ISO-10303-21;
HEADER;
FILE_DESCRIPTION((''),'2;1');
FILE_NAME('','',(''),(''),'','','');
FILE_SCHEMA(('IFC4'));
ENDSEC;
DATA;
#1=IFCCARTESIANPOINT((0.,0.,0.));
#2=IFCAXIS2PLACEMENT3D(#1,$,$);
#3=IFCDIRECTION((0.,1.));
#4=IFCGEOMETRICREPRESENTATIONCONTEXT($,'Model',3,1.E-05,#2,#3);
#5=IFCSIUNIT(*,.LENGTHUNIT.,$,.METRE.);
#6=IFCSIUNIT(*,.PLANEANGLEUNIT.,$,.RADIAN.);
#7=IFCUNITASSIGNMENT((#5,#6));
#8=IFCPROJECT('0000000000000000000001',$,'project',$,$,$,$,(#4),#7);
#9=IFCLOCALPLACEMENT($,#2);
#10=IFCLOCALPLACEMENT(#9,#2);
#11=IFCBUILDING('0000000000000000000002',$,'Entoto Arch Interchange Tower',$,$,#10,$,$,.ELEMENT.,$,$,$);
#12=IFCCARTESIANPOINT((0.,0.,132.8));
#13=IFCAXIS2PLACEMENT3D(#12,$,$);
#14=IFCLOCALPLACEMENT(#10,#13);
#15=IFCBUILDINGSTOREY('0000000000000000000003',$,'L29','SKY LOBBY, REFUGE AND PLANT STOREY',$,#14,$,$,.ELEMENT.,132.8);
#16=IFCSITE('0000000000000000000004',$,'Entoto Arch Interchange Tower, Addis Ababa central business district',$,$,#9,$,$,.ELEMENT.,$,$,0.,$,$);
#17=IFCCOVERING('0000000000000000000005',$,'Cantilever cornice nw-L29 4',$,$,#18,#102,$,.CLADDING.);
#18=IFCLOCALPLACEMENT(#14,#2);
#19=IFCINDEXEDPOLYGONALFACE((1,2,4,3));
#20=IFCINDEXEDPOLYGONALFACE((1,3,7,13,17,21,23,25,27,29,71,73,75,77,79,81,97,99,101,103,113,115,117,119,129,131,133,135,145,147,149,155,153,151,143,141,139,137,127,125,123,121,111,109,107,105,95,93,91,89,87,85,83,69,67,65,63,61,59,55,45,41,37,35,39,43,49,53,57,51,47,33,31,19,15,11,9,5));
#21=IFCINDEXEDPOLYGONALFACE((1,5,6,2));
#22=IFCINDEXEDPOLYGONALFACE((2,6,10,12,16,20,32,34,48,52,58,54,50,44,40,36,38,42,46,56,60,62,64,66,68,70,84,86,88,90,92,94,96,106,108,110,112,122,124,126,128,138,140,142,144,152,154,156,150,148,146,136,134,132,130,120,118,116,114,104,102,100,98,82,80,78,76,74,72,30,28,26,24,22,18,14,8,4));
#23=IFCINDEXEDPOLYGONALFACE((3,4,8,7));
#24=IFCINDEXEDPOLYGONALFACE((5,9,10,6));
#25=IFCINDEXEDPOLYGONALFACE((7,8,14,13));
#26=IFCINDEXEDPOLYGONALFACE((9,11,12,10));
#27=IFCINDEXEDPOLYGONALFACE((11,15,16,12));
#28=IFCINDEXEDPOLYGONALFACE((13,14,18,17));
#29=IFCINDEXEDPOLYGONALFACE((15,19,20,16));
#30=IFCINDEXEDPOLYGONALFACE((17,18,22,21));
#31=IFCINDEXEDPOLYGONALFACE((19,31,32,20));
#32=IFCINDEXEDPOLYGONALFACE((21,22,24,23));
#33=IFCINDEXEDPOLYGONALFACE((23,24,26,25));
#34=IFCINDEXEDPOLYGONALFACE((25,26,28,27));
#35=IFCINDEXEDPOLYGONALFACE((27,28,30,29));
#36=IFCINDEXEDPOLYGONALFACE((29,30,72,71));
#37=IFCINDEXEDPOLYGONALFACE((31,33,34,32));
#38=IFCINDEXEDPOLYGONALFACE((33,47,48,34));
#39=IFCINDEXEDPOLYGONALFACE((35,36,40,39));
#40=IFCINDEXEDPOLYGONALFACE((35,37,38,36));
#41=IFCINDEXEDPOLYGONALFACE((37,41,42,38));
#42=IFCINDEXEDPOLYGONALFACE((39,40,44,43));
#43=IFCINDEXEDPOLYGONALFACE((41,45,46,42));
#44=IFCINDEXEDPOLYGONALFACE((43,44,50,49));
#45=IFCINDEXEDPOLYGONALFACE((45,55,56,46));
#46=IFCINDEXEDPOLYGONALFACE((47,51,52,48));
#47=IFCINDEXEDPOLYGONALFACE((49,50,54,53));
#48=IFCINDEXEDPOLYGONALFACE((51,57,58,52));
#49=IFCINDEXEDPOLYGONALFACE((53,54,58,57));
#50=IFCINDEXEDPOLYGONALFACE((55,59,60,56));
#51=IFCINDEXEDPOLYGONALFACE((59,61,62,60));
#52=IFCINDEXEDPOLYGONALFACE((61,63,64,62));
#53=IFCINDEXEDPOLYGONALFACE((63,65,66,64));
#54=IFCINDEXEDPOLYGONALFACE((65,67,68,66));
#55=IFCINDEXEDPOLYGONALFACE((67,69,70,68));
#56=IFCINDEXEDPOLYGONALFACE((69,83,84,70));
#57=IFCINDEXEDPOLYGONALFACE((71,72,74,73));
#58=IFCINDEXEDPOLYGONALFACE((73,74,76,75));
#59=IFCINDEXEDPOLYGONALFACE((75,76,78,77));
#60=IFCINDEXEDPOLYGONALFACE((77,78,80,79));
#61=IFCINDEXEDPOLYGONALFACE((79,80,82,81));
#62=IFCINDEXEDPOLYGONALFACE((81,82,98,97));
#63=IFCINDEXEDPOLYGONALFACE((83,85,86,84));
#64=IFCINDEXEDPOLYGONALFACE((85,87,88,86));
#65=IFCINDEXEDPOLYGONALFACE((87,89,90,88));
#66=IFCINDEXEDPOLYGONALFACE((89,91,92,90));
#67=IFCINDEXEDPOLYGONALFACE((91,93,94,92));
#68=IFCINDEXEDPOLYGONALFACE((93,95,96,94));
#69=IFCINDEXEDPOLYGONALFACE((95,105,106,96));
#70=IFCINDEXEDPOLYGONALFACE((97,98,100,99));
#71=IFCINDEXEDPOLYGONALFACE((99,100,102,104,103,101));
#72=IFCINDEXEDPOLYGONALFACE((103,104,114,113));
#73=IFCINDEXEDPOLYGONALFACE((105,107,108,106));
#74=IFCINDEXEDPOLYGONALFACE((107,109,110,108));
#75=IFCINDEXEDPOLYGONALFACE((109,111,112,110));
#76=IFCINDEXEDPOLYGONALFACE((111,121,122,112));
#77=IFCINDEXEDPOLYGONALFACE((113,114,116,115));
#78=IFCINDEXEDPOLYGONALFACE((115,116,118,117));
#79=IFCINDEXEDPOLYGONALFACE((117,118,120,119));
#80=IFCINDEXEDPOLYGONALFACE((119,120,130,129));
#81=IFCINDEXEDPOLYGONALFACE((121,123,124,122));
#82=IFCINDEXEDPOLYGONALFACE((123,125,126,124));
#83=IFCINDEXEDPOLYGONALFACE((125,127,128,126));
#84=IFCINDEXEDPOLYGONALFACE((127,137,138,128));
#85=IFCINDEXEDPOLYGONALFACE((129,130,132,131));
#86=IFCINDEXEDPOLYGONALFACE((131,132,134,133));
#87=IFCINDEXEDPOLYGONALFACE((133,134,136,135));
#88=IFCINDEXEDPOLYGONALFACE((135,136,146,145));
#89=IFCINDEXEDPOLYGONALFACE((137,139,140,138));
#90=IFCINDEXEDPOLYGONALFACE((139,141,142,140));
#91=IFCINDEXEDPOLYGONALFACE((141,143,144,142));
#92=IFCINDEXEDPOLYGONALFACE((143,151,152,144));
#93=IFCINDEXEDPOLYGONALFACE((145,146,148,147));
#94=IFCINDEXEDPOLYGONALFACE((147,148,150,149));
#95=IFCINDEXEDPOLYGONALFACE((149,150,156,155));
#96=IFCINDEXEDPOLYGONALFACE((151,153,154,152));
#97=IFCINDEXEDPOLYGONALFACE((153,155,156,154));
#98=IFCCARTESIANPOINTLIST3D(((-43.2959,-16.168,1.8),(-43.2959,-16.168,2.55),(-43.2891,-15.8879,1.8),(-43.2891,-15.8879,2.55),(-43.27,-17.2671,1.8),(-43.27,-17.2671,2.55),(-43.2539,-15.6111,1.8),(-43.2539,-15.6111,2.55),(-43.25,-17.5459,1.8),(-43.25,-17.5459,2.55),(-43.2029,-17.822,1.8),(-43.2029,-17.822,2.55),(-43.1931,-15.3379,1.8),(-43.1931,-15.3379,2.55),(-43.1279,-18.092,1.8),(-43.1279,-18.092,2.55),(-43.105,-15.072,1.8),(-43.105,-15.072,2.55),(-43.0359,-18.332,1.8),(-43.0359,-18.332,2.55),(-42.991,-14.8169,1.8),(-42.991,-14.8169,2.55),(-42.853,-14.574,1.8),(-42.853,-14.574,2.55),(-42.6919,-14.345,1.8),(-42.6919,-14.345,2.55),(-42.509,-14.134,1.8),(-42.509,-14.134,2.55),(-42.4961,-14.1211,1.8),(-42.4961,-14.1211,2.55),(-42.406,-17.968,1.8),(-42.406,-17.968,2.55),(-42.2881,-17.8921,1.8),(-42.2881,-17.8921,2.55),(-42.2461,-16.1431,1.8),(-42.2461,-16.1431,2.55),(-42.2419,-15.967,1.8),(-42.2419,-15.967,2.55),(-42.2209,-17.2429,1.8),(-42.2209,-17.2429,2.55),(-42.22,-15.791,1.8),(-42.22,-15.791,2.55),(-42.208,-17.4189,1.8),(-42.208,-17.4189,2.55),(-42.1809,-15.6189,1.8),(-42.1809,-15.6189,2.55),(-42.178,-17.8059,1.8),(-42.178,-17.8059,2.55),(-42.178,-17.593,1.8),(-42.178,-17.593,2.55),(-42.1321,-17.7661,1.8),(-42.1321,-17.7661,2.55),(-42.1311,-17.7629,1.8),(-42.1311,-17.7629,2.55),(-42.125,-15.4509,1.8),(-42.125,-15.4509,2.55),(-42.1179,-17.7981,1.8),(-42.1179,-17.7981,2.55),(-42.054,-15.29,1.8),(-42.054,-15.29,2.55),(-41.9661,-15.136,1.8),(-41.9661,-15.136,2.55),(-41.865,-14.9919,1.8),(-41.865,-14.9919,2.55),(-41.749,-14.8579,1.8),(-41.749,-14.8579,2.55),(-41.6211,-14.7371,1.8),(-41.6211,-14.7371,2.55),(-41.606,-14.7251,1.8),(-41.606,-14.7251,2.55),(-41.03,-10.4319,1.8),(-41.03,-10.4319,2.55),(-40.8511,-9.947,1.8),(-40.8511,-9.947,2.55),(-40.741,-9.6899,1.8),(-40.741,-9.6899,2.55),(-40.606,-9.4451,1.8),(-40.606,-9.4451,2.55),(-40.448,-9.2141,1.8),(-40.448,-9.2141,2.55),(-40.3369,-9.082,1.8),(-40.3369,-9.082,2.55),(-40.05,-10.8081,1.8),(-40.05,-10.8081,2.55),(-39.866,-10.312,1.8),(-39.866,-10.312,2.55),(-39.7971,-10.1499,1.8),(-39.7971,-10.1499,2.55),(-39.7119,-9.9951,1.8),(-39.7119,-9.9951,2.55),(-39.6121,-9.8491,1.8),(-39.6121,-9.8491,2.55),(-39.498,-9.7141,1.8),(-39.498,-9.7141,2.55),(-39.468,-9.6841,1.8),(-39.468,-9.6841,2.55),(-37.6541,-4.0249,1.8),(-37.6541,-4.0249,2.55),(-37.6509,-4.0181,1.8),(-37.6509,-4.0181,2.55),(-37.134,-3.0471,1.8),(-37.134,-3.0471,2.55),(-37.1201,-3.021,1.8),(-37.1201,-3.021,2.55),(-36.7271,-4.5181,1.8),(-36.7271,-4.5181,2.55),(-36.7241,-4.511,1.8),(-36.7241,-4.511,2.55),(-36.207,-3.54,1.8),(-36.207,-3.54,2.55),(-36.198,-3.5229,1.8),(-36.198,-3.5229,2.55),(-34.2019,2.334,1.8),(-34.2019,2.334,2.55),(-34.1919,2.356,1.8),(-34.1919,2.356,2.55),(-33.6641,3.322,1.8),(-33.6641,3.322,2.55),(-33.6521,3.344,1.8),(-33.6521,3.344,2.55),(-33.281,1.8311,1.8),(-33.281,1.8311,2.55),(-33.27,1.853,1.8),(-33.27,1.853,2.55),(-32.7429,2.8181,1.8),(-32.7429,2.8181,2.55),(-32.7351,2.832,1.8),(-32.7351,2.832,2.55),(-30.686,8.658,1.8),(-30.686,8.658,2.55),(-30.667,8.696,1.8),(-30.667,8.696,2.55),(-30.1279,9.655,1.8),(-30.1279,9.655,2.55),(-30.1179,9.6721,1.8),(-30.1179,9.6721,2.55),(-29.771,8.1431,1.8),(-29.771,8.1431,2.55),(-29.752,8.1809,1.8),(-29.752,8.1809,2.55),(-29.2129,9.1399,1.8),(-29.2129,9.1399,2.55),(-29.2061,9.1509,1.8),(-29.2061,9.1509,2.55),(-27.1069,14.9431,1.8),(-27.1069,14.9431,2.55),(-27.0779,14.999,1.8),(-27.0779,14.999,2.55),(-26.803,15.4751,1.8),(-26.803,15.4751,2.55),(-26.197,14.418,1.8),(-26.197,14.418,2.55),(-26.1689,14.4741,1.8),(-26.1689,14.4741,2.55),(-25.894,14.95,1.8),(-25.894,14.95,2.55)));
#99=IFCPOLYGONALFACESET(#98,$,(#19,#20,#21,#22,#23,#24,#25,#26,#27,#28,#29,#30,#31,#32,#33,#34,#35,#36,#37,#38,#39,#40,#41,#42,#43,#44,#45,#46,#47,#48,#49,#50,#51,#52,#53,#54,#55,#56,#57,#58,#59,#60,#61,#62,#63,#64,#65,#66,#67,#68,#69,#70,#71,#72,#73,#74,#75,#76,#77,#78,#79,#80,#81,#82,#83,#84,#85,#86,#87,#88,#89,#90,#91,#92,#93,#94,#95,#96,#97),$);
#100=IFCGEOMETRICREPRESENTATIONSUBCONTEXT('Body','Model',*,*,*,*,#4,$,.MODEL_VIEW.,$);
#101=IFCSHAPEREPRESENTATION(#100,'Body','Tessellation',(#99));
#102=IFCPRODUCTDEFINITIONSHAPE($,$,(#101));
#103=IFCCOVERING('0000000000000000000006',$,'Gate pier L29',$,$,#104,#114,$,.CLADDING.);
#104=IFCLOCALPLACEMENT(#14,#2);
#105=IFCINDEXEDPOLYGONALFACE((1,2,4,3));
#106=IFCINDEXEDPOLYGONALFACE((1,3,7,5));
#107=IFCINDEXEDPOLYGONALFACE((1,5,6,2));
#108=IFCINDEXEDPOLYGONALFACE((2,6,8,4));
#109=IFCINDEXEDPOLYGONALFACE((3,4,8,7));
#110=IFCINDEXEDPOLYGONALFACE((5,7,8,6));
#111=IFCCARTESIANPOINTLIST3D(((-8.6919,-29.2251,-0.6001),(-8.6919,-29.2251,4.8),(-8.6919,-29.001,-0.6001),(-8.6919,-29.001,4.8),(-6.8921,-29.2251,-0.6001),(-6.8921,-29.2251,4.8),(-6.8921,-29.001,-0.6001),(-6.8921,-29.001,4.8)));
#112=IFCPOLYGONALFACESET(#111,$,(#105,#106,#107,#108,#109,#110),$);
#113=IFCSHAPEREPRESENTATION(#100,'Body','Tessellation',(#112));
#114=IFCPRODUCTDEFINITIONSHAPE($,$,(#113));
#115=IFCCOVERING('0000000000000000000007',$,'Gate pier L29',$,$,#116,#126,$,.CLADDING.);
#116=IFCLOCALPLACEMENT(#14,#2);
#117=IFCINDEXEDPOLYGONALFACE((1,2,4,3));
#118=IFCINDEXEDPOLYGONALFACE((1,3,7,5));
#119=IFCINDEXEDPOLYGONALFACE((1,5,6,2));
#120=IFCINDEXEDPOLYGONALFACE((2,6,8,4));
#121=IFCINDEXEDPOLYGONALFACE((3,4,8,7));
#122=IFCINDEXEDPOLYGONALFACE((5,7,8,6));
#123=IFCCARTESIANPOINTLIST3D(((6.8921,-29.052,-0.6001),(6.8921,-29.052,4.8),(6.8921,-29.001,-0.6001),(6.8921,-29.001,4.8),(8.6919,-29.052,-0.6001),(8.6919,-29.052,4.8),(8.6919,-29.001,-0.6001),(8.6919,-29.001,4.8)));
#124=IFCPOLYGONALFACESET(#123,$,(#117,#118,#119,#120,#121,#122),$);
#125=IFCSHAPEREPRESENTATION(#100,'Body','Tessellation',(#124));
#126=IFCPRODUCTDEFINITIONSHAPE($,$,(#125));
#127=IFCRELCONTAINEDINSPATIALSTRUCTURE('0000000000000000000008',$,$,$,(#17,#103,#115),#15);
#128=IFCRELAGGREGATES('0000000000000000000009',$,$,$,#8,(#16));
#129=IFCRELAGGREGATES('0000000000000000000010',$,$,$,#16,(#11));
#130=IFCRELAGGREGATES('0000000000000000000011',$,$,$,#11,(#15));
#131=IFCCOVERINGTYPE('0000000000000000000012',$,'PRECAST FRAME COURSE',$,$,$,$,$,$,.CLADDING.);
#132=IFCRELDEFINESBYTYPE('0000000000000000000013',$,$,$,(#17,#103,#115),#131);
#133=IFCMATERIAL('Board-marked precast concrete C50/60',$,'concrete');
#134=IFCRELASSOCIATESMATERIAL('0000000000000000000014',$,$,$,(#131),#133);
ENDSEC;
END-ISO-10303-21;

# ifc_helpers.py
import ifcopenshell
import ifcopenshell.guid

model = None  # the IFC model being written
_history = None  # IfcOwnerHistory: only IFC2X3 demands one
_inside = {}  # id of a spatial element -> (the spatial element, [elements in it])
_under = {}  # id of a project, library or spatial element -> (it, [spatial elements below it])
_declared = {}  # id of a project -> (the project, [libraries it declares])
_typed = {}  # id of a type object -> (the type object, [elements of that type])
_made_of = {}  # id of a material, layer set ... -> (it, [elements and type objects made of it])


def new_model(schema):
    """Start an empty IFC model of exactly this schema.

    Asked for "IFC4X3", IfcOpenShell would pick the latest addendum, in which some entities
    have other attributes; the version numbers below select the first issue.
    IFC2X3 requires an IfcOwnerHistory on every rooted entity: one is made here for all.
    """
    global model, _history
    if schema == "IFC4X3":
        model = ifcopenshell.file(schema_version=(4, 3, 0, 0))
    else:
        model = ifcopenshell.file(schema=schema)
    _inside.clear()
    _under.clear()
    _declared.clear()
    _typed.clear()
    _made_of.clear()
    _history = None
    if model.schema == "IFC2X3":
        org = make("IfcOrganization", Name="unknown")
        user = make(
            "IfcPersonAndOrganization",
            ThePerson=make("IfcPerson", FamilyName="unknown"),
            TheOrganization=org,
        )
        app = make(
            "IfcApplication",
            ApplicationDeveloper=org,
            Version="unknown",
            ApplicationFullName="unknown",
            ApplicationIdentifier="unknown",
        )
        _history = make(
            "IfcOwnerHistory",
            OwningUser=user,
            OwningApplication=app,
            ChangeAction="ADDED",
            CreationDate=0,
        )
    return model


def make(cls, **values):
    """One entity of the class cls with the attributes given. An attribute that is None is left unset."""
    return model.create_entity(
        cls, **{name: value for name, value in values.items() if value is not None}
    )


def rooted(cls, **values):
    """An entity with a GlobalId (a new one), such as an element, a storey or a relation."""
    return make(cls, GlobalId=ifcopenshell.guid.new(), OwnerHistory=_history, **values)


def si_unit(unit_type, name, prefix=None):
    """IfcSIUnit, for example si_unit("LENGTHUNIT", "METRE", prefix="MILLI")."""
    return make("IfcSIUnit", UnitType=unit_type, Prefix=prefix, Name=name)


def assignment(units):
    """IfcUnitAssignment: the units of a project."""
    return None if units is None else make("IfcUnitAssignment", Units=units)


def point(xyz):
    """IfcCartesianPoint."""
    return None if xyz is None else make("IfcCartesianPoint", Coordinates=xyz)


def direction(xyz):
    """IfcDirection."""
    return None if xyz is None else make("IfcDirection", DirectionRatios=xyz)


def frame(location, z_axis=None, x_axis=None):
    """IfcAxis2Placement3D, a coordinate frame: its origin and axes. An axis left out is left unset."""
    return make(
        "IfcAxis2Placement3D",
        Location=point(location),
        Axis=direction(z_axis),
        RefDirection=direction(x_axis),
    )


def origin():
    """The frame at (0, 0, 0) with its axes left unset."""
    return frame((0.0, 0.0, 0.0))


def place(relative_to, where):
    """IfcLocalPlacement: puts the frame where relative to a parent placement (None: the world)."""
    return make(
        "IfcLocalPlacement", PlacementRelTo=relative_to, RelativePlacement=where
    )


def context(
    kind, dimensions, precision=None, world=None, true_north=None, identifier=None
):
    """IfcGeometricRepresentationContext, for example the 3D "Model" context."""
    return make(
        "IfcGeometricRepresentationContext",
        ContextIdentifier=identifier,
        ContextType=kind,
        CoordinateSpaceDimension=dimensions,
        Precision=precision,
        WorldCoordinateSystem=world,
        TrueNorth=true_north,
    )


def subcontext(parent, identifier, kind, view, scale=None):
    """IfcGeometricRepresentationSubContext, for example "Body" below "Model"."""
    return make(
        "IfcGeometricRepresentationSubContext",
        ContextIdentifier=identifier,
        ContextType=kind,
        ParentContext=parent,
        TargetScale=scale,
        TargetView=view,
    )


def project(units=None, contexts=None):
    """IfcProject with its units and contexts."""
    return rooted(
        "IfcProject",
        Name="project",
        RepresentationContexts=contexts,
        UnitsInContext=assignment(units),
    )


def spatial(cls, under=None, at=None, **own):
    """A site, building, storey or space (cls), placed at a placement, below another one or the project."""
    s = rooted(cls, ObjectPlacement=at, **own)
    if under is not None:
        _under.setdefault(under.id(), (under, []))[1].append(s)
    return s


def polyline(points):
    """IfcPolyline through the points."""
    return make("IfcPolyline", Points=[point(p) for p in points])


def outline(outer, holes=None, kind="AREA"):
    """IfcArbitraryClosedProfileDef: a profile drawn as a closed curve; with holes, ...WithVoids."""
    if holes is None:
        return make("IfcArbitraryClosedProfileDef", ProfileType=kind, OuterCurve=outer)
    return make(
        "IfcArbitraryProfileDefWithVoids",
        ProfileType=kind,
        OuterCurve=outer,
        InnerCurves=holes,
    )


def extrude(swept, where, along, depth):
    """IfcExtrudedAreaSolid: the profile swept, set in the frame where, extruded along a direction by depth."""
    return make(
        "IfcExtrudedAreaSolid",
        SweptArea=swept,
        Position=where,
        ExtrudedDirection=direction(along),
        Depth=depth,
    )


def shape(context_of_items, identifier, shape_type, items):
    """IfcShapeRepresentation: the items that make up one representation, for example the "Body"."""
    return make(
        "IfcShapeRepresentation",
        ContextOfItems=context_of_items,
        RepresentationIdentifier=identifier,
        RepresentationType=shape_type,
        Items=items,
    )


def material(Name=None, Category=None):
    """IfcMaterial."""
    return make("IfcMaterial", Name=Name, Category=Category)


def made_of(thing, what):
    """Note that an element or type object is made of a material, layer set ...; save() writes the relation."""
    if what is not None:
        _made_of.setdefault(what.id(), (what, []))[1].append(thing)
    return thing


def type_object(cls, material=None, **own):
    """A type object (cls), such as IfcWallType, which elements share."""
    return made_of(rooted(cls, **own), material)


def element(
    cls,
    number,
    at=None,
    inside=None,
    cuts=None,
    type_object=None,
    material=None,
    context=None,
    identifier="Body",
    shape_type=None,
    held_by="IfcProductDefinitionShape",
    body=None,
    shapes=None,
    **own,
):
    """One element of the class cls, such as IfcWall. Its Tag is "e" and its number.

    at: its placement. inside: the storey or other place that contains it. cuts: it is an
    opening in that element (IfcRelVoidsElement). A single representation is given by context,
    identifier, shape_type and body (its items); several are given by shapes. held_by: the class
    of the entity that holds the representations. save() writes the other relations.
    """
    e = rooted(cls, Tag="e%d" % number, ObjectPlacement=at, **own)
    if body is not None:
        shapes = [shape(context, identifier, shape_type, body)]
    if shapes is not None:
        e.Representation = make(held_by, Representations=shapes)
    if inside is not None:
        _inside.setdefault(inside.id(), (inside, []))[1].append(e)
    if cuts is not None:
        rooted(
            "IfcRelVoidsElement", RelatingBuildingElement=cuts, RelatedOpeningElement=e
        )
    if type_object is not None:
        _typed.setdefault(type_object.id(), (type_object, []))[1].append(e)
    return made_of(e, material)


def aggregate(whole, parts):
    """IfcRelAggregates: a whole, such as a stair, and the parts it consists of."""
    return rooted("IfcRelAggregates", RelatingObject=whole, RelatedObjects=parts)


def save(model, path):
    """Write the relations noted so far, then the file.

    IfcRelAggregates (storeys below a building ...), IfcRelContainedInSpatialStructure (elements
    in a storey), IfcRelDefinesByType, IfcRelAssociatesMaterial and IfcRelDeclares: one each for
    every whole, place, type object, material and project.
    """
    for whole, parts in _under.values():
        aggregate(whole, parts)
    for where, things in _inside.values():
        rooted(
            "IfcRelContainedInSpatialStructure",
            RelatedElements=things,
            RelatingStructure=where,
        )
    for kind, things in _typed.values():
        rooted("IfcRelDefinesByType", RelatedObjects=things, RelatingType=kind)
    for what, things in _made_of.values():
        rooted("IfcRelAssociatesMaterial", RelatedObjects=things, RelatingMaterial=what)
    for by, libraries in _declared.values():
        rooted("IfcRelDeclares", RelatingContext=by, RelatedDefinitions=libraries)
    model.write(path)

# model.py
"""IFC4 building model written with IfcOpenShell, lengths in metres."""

from ifc_helpers import new_model, si_unit, direction, frame, origin, place, context, subcontext, project, spatial, polyline, outline, extrude, material, type_object, element, save


model = new_model("IFC4")

# Units and contexts
model_context = context("Model", 3, precision=1e-05, world=origin(), true_north=direction((0.0, 1.0)))
body_context = subcontext(model_context, "Body", "Model", "MODEL_VIEW")
ifc_project = project(units=[si_unit("LENGTHUNIT", "METRE"), si_unit("PLANEANGLEUNIT", "RADIAN")], contexts=[model_context])

# Site, building, storey
site_placement = place(None, origin())
site = spatial("IfcSite", under=ifc_project, at=site_placement, Name="Entoto Arch Interchange Tower, Addis Ababa central business district", CompositionType="ELEMENT", RefElevation=0.0)
building_placement = place(site_placement, origin())
building = spatial("IfcBuilding", under=site, at=building_placement, Name="Entoto Arch Interchange Tower", CompositionType="ELEMENT")
storey_placement = place(building_placement, frame((0.0, 0.0, 132.8)))
storey = spatial("IfcBuildingStorey", under=building, at=storey_placement, Name="L29", Description="SKY LOBBY, REFUGE AND PLANT STOREY", CompositionType="ELEMENT", Elevation=132.8)

# Coverings
ifc_material_1 = material(Name="Board-marked precast concrete C50/60", Category="concrete")
covering_type = type_object("IfcCoveringType", Name="PRECAST FRAME COURSE", PredefinedType="CLADDING", material=ifc_material_1)
covering_1_placement = place(storey_placement, frame((0.0, 0.0, 1.8)))
element("IfcCovering", 1, at=covering_1_placement, inside=storey, type_object=covering_type, Name="Cantilever cornice nw-L29 4", PredefinedType="CLADDING", context=body_context, shape_type="SweptSolid", body=[
    extrude(outline(polyline([(-42.2881, -17.8921), (-42.406, -17.968), (-43.0359, -18.332), (-43.1279, -18.092), (-43.2029, -17.822), (-43.25, -17.5459), (-43.27, -17.2671), (-43.2959, -16.168), (-43.2891, -15.8879), (-43.2539, -15.6111), (-43.1931, -15.3379), (-43.105, -15.072), (-42.991, -14.8169), (-42.853, -14.574), (-42.6919, -14.345), (-42.509, -14.134), (-42.4961, -14.1211), (-41.03, -10.4319), (-40.8511, -9.947), (-40.741, -9.6899), (-40.606, -9.4451), (-40.448, -9.2141), (-40.3369, -9.082), (-37.6541, -4.0249), (-37.6509, -4.0181), (-37.134, -3.0471), (-37.1201, -3.021), (-34.2019, 2.334), (-34.1919, 2.356), (-33.6641, 3.322), (-33.6521, 3.344), (-30.686, 8.658), (-30.667, 8.696), (-30.1279, 9.655), (-30.1179, 9.6721), (-27.1069, 14.9431), (-27.0779, 14.999), (-26.803, 15.4751), (-25.894, 14.95), (-26.1689, 14.4741), (-26.197, 14.418), (-29.2061, 9.1509), (-29.2129, 9.1399), (-29.752, 8.1809), (-29.771, 8.1431), (-32.7351, 2.832), (-32.7429, 2.8181), (-33.27, 1.853), (-33.281, 1.8311), (-36.198, -3.5229), (-36.207, -3.54), (-36.7241, -4.511), (-36.7271, -4.5181), (-39.468, -9.6841), (-39.498, -9.7141), (-39.6121, -9.8491), (-39.7119, -9.9951), (-39.7971, -10.1499), (-39.866, -10.312), (-40.05, -10.8081), (-41.606, -14.7251), (-41.6211, -14.7371), (-41.749, -14.8579), (-41.865, -14.9919), (-41.9661, -15.136), (-42.054, -15.29), (-42.125, -15.4509), (-42.1809, -15.6189), (-42.22, -15.791), (-42.2419, -15.967), (-42.2461, -16.1431), (-42.2209, -17.2429), (-42.208, -17.4189), (-42.178, -17.593), (-42.1311, -17.7629), (-42.1179, -17.7981), (-42.1321, -17.7661), (-42.178, -17.8059), (-42.2881, -17.8921)])), origin(), (0.0, 0.0, 1.0), 0.75),
])
covering_2_placement = place(storey_placement, frame((0.0, 0.0, -0.6001)))
element("IfcCovering", 2, at=covering_2_placement, inside=storey, type_object=covering_type, Name="Gate pier L29", PredefinedType="CLADDING", context=body_context, shape_type="SweptSolid", body=[
    extrude(outline(polyline([(-8.6919, -29.001), (-6.8921, -29.001), (-6.8921, -29.2251), (-8.6919, -29.2251), (-8.6919, -29.001)])), origin(), (0.0, 0.0, 1.0), 5.4001),
])
covering_3_placement = place(storey_placement, frame((0.0, 0.0, -0.6001)))
element("IfcCovering", 3, at=covering_3_placement, inside=storey, type_object=covering_type, Name="Gate pier L29", PredefinedType="CLADDING", context=body_context, shape_type="SweptSolid", body=[
    extrude(outline(polyline([(6.8921, -29.001), (8.6919, -29.001), (8.6919, -29.052), (6.8921, -29.052), (6.8921, -29.001)])), origin(), (0.0, 0.0, 1.0), 5.4001),
])

save(model, "model.ifc")
